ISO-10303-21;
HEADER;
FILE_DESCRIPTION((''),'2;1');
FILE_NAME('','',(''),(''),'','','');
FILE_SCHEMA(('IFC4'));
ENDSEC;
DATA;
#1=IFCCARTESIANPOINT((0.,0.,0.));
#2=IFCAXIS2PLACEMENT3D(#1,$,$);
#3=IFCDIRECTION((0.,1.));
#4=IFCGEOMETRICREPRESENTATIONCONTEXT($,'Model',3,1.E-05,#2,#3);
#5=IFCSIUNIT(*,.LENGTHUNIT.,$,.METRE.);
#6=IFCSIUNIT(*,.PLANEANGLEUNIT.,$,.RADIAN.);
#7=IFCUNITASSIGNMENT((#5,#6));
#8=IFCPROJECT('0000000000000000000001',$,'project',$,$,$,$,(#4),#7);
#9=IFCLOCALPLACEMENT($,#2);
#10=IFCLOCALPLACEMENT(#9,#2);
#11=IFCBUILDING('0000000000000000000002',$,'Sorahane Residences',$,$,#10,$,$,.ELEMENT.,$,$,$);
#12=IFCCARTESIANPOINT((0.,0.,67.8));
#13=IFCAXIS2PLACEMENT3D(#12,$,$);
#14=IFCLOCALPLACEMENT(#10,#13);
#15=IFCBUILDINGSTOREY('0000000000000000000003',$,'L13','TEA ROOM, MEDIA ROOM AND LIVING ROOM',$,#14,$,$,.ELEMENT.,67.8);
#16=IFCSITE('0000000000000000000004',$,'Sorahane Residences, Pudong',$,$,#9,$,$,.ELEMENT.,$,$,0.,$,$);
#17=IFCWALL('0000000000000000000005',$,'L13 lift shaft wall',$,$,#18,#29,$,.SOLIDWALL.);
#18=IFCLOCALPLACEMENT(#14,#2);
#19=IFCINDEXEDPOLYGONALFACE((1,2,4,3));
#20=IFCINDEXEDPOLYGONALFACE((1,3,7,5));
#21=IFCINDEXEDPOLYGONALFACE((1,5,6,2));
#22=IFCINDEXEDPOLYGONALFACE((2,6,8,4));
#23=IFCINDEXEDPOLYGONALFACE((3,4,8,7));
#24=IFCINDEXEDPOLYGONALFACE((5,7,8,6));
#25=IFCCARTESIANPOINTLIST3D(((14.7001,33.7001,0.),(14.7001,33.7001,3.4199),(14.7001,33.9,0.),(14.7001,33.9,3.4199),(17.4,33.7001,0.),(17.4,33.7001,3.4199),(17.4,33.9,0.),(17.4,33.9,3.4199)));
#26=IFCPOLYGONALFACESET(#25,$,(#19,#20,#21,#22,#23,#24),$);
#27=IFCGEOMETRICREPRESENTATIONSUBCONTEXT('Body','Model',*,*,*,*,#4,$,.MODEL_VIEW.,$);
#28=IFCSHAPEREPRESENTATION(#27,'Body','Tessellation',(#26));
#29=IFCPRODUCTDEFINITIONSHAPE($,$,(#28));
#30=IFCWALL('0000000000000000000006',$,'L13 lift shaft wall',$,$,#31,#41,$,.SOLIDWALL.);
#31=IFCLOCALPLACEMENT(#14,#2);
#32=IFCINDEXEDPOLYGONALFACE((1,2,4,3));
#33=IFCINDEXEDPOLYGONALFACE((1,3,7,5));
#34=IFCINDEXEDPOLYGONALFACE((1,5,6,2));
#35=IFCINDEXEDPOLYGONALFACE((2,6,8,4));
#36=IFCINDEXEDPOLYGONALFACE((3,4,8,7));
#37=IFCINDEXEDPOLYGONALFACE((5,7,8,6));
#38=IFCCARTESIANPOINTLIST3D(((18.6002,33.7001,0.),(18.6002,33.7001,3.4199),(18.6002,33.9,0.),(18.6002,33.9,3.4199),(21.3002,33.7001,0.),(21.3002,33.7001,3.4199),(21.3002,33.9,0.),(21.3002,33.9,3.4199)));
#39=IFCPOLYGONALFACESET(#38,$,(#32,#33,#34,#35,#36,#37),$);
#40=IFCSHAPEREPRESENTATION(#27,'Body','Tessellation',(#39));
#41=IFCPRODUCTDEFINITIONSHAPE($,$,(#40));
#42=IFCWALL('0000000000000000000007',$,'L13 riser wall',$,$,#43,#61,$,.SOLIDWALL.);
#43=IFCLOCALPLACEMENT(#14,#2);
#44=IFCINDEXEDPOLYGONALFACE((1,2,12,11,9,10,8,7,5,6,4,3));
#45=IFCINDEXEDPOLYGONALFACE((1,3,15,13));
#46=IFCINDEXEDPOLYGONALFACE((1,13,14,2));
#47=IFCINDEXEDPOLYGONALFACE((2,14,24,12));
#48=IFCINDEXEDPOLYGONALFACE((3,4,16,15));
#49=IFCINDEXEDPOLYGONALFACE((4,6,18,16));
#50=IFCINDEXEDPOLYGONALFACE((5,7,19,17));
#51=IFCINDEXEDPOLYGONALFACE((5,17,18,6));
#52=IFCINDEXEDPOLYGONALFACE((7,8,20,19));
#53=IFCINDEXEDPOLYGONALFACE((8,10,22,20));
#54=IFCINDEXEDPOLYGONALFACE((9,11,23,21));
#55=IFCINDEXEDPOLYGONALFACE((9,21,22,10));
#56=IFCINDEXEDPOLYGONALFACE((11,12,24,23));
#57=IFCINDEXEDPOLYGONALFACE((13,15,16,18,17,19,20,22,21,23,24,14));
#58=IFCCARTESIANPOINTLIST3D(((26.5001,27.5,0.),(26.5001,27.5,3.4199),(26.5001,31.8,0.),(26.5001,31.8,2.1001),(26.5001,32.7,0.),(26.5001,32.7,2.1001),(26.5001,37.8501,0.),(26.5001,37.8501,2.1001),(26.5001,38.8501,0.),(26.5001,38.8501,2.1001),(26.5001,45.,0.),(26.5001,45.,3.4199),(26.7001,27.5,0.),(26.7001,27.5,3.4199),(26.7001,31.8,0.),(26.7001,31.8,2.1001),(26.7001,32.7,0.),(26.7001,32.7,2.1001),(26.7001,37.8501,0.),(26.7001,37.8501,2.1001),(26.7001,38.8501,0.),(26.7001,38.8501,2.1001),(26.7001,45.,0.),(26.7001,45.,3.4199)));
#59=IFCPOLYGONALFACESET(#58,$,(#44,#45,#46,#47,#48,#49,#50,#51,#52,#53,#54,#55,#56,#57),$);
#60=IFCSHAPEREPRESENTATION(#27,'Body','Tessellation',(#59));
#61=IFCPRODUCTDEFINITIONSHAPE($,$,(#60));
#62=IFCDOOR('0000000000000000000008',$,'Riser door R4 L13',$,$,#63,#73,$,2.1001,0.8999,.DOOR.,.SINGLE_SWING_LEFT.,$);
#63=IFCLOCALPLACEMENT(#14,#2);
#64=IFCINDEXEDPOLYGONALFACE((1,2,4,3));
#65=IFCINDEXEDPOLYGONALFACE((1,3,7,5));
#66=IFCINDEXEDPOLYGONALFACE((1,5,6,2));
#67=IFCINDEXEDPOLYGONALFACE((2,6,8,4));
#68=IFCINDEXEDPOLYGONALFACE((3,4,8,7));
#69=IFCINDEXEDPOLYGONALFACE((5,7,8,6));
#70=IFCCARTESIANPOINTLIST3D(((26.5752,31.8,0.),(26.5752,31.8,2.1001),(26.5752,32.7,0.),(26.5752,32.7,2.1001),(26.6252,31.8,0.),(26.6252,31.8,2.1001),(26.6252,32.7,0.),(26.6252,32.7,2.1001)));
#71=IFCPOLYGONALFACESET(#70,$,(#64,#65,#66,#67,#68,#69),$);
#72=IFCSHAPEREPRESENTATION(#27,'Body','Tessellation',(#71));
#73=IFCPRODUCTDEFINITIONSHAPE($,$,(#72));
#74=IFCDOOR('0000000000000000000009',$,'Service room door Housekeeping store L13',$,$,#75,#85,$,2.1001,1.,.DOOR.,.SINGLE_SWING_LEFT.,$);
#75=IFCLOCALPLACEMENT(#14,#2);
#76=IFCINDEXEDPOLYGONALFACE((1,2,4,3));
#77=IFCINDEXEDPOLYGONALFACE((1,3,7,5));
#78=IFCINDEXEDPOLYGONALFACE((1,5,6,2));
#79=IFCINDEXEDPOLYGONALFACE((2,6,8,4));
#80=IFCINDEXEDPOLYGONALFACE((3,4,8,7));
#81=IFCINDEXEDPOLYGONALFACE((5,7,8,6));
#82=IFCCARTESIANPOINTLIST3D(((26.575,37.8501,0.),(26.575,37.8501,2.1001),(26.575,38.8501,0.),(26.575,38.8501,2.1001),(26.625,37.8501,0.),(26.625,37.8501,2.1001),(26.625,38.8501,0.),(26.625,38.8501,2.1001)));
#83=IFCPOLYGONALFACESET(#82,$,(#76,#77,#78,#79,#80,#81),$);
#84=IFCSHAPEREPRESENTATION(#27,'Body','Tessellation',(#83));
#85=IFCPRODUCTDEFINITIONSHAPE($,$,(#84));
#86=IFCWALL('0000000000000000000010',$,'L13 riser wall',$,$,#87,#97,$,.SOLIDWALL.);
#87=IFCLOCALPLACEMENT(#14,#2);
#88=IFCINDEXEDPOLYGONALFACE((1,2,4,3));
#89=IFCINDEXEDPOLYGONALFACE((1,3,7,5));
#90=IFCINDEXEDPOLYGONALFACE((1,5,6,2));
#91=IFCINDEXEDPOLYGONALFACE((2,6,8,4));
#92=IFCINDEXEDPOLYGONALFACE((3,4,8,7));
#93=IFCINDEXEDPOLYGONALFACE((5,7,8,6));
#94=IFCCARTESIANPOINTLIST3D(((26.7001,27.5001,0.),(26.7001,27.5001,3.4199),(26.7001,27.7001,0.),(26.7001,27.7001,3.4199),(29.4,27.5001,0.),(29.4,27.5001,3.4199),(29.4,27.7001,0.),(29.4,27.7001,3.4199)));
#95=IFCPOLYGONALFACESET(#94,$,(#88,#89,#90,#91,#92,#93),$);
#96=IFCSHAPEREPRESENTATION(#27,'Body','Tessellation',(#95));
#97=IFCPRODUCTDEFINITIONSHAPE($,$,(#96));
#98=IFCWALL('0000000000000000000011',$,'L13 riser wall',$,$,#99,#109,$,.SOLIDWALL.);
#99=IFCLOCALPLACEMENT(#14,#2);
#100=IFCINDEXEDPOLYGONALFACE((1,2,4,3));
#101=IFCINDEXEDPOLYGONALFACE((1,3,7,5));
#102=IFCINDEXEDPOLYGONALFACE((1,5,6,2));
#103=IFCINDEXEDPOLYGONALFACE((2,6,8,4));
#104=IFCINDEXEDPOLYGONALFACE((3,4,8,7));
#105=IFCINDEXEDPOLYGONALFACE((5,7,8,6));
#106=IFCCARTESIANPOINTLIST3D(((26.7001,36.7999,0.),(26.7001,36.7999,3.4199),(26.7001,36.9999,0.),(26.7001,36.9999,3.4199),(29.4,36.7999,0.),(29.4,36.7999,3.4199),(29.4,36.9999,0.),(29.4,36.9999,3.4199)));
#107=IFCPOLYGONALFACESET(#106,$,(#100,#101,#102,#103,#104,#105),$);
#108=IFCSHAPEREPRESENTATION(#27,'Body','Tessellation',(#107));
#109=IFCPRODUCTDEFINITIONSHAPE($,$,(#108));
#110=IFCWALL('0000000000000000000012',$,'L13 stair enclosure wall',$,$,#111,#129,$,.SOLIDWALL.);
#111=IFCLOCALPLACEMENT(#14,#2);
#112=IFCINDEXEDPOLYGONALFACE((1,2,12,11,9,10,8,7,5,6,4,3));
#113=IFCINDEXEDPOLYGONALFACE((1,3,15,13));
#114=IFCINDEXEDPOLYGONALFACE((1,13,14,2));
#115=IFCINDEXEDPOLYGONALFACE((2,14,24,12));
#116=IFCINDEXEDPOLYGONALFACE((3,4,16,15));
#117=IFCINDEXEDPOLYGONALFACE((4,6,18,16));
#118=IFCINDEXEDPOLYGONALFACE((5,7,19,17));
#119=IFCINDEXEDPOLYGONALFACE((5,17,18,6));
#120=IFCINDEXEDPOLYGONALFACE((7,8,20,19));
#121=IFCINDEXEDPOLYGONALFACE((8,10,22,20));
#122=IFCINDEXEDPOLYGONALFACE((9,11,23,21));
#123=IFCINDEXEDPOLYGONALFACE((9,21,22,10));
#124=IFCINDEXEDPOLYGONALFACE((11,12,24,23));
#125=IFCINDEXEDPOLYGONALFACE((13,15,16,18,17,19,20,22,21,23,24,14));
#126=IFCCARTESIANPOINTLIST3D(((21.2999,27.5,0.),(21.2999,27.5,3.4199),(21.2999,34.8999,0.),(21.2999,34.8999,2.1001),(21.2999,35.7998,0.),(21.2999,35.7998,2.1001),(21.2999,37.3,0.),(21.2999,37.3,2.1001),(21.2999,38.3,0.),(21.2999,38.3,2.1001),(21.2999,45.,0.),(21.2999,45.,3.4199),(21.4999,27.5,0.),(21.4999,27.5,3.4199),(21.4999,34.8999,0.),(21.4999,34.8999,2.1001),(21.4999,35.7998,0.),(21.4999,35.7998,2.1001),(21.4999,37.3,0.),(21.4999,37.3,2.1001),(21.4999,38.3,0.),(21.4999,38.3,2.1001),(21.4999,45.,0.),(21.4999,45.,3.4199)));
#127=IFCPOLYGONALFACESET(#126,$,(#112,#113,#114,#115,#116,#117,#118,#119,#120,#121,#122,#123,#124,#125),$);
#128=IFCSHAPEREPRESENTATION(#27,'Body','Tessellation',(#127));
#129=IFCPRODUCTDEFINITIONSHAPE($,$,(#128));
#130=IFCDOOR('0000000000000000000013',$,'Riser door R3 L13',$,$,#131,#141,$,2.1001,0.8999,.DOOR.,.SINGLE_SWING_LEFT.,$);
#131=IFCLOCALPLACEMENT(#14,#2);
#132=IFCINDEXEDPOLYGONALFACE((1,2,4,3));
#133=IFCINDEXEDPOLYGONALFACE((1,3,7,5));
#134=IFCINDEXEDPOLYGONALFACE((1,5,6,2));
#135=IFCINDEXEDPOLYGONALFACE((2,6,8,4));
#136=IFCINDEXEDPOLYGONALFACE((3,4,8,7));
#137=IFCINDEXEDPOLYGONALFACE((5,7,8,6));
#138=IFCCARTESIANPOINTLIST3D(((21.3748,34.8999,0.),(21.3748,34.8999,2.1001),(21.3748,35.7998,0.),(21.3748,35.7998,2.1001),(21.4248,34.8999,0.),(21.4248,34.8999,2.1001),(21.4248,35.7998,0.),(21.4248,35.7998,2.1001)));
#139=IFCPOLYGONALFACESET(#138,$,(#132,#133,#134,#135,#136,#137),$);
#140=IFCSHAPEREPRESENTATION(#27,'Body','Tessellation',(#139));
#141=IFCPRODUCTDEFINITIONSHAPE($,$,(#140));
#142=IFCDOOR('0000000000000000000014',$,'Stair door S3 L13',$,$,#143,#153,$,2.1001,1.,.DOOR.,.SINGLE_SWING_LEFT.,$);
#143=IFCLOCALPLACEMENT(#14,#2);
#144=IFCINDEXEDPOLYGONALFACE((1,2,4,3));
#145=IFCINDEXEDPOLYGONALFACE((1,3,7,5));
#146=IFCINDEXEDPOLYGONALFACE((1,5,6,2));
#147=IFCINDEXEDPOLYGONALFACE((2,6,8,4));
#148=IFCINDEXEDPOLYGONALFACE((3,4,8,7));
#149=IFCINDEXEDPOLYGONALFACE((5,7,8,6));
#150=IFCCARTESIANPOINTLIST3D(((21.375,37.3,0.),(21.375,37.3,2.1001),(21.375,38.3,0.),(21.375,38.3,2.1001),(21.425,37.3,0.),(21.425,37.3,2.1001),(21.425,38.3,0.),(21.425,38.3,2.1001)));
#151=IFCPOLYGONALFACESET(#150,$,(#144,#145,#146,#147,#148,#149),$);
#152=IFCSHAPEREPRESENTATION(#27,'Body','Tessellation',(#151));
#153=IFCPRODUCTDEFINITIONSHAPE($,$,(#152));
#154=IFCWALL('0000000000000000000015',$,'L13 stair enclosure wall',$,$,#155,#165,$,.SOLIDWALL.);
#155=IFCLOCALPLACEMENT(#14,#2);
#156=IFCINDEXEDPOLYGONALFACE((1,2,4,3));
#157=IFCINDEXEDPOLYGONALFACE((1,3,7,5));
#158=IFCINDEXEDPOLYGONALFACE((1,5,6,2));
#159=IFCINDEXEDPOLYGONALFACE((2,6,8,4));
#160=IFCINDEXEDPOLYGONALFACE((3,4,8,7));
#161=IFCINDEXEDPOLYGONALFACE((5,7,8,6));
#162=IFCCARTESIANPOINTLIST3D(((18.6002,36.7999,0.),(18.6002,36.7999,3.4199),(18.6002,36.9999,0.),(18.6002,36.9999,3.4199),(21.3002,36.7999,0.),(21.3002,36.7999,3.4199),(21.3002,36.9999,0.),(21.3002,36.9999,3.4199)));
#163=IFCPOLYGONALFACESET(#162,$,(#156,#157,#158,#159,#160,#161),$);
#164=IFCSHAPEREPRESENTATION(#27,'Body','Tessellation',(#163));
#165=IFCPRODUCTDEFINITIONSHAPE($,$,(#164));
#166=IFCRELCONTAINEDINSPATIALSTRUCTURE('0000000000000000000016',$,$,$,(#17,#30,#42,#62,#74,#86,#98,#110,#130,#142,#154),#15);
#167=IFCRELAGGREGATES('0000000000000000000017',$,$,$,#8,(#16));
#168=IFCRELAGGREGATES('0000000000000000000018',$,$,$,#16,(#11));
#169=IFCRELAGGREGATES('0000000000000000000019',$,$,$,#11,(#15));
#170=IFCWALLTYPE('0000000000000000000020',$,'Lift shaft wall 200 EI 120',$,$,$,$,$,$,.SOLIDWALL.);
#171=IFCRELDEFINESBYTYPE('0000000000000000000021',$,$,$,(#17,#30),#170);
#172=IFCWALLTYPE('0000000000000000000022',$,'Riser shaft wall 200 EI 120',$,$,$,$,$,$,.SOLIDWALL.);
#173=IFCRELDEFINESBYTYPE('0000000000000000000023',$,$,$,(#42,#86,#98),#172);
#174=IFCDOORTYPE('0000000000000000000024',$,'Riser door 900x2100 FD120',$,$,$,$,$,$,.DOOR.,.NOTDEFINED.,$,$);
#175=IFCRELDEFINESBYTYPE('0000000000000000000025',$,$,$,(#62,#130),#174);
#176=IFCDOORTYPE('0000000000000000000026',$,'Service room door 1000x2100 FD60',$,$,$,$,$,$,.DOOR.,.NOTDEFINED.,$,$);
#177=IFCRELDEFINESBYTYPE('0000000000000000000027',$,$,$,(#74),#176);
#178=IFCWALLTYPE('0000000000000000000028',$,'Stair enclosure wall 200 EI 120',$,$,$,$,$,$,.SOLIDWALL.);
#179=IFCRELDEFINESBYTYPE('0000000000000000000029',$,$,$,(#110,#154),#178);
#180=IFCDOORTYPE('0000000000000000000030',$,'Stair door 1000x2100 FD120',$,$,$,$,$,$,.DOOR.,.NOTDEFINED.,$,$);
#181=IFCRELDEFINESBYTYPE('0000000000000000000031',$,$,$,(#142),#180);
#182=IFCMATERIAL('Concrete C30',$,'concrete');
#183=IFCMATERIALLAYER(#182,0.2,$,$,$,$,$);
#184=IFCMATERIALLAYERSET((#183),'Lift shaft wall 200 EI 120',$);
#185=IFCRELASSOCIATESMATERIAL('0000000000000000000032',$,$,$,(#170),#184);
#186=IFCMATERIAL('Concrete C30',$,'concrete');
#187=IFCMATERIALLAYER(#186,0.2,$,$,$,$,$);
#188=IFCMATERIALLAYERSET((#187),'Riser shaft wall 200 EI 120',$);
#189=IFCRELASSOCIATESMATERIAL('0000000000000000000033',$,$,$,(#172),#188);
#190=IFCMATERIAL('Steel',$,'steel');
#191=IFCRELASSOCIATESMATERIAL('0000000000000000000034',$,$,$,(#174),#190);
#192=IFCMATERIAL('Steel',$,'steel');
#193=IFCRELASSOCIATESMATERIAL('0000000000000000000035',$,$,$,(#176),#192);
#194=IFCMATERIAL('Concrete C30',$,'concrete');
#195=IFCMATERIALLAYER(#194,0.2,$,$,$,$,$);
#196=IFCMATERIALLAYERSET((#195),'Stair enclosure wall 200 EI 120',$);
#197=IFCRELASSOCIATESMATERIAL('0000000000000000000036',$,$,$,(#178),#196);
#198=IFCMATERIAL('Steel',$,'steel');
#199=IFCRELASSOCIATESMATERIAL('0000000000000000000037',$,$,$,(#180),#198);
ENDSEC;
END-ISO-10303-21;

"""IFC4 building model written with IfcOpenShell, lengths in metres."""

from ifc_helpers import new_model, si_unit, direction, frame, frame_2d, origin, place, context, subcontext, project, spatial, rectangle, extrude, material, layer, layer_set, type_object, element, fill, save


model = new_model("IFC4")

# Units and contexts
model_context = context("Model", 3, precision=1e-05, world=origin(), true_north=direction((0.0, 1.0)))
body_context = subcontext(model_context, "Body", "Model", "MODEL_VIEW")
ifc_project = project(units=[si_unit("LENGTHUNIT", "METRE"), si_unit("PLANEANGLEUNIT", "RADIAN")], contexts=[model_context])

# Site, building, storey
site_placement = place(None, origin())
site = spatial("IfcSite", under=ifc_project, at=site_placement, Name="Sorahane Residences, Pudong", CompositionType="ELEMENT", RefElevation=0.0)
building_placement = place(site_placement, origin())
building = spatial("IfcBuilding", under=site, at=building_placement, Name="Sorahane Residences", CompositionType="ELEMENT")
storey_placement = place(building_placement, frame((0.0, 0.0, 67.8)))
storey = spatial("IfcBuildingStorey", under=building, at=storey_placement, Name="L13", Description="TEA ROOM, MEDIA ROOM AND LIVING ROOM", CompositionType="ELEMENT", Elevation=67.8)

# Walls
ifc_material_1 = material(Name="Concrete C30", Category="concrete")
ifc_layer_1 = layer(ifc_material_1, 0.2)
ifc_layer_set_1 = layer_set([ifc_layer_1], Name="Lift shaft wall 200 EI 120")
wall_type_1 = type_object("IfcWallType", Name="Lift shaft wall 200 EI 120", PredefinedType="SOLIDWALL", material=ifc_layer_set_1)
for number, where, z_axis, x_axis, name in (
    (1, (14.7, 33.8, 0.0), (0.0, 0.0, 1.0), (1.0, 0.0, 0.0), "L13 lift shaft wall"),
    (2, (18.6001, 33.8, 0.0), (0.0, 0.0, 1.0), (1.0, 0.0, 0.0), "L13 lift shaft wall"),
):
    element("IfcWall", number, at=place(storey_placement, frame(where, z_axis=z_axis, x_axis=x_axis)), inside=storey, type_object=wall_type_1, Name=name, PredefinedType="SOLIDWALL", context=body_context, shape_type="SweptSolid", body=[
        extrude(rectangle(XDim=2.7, YDim=0.2, at=frame_2d((1.3501, 0.0))), origin(), (0.0, 0.0, 1.0), 3.4199),
    ])

# Wall, openings, doors
ifc_material_2 = material(Name="Concrete C30", Category="concrete")
ifc_layer_2 = layer(ifc_material_2, 0.2)
ifc_layer_set_2 = layer_set([ifc_layer_2], Name="Riser shaft wall 200 EI 120")
wall_type_2 = type_object("IfcWallType", Name="Riser shaft wall 200 EI 120", PredefinedType="SOLIDWALL", material=ifc_layer_set_2)
wall_1_placement = place(storey_placement, frame((26.6001, 27.5, 0.0), z_axis=(0.0, 0.0, 1.0), x_axis=(0.0, 1.0, 0.0)))
wall_1 = element("IfcWall", 3, at=wall_1_placement, inside=storey, type_object=wall_type_2, Name="L13 riser wall", PredefinedType="SOLIDWALL", context=body_context, shape_type="SweptSolid", body=[
    extrude(rectangle(XDim=17.5, YDim=0.2, at=frame_2d((8.75, 0.0))), origin(), (0.0, 0.0, 1.0), 3.4199),
])
opening_1_placement = place(wall_1_placement, frame((4.3, 0.0, 0.0)))
opening_1 = element("IfcOpeningElement", 4, at=opening_1_placement, cuts=wall_1, PredefinedType="OPENING", context=body_context, shape_type="SweptSolid", body=[
    extrude(rectangle(XDim=0.8999, YDim=2.1001, at=frame_2d((0.45, 1.05))), frame((0.0, 0.1099, 0.0), z_axis=(0.0, -1.0, 0.0), x_axis=(1.0, 0.0, 0.0)), (0.0, 0.0, 1.0), 0.22),
])
opening_2_placement = place(wall_1_placement, frame((10.3501, 0.0, 0.0)))
opening_2 = element("IfcOpeningElement", 5, at=opening_2_placement, cuts=wall_1, PredefinedType="OPENING", context=body_context, shape_type="SweptSolid", body=[
    extrude(rectangle(XDim=1.0, YDim=2.1001, at=frame_2d((0.5, 1.05))), frame((0.0, 0.1099, 0.0), z_axis=(0.0, -1.0, 0.0), x_axis=(1.0, 0.0, 0.0)), (0.0, 0.0, 1.0), 0.22),
])
ifc_material_3 = material(Name="Steel", Category="steel")
door_type_1 = type_object("IfcDoorType", Name="Riser door 900x2100 FD120", OperationType="NOTDEFINED", PredefinedType="DOOR", material=ifc_material_3)
door_1_placement = place(opening_1_placement, origin())
door_1 = element("IfcDoor", 6, at=door_1_placement, inside=storey, type_object=door_type_1, Name="Riser door R4 L13", OperationType="SINGLE_SWING_LEFT", OverallHeight=2.1001, OverallWidth=0.8999, PredefinedType="DOOR", context=body_context, shape_type="SweptSolid", body=[
    extrude(rectangle(XDim=0.8999, YDim=2.1001, at=frame_2d((0.45, 1.05))), frame((0.0, 0.0249, 0.0), z_axis=(0.0, -1.0, 0.0), x_axis=(1.0, 0.0, 0.0)), (0.0, 0.0, 1.0), 0.05),
])
fill(opening_1, door_1)
ifc_material_4 = material(Name="Steel", Category="steel")
door_type_2 = type_object("IfcDoorType", Name="Service room door 1000x2100 FD60", OperationType="NOTDEFINED", PredefinedType="DOOR", material=ifc_material_4)
door_2_placement = place(opening_2_placement, frame((1.0, 0.0, 0.0), z_axis=(0.0, 0.0, 1.0), x_axis=(-1.0, 0.0, 0.0)))
door_2 = element("IfcDoor", 7, at=door_2_placement, inside=storey, type_object=door_type_2, Name="Service room door Housekeeping store L13", OperationType="SINGLE_SWING_LEFT", OverallHeight=2.1001, OverallWidth=1.0, PredefinedType="DOOR", context=body_context, shape_type="SweptSolid", body=[
    extrude(rectangle(XDim=1.0, YDim=2.1001, at=frame_2d((0.5, 1.05))), frame((0.0, 0.0249, 0.0), z_axis=(0.0, -1.0, 0.0), x_axis=(1.0, 0.0, 0.0)), (0.0, 0.0, 1.0), 0.05),
])
fill(opening_2, door_2)

# Walls
for number, where, z_axis, x_axis, name in (
    (8, (26.7, 27.6001, 0.0), (0.0, 0.0, 1.0), (1.0, 0.0, 0.0), "L13 riser wall"),
    (9, (26.7, 36.8999, 0.0), (0.0, 0.0, 1.0), (1.0, 0.0, 0.0), "L13 riser wall"),
):
    element("IfcWall", number, at=place(storey_placement, frame(where, z_axis=z_axis, x_axis=x_axis)), inside=storey, type_object=wall_type_2, Name=name, PredefinedType="SOLIDWALL", context=body_context, shape_type="SweptSolid", body=[
        extrude(rectangle(XDim=2.7, YDim=0.2, at=frame_2d((1.3501, 0.0))), origin(), (0.0, 0.0, 1.0), 3.4199),
    ])

# Wall, openings, doors
ifc_material_5 = material(Name="Concrete C30", Category="concrete")
ifc_layer_3 = layer(ifc_material_5, 0.2)
ifc_layer_set_3 = layer_set([ifc_layer_3], Name="Stair enclosure wall 200 EI 120")
wall_type_3 = type_object("IfcWallType", Name="Stair enclosure wall 200 EI 120", PredefinedType="SOLIDWALL", material=ifc_layer_set_3)
wall_2_placement = place(storey_placement, frame((21.3999, 27.5, 0.0), z_axis=(0.0, 0.0, 1.0), x_axis=(0.0, 1.0, 0.0)))
wall_2 = element("IfcWall", 10, at=wall_2_placement, inside=storey, type_object=wall_type_3, Name="L13 stair enclosure wall", PredefinedType="SOLIDWALL", context=body_context, shape_type="SweptSolid", body=[
    extrude(rectangle(XDim=17.5, YDim=0.2, at=frame_2d((8.75, 0.0))), origin(), (0.0, 0.0, 1.0), 3.4199),
])
opening_3_placement = place(wall_2_placement, frame((9.8, 0.0, 0.0)))
opening_3 = element("IfcOpeningElement", 11, at=opening_3_placement, cuts=wall_2, PredefinedType="OPENING", context=body_context, shape_type="SweptSolid", body=[
    extrude(rectangle(XDim=1.0, YDim=2.1001, at=frame_2d((0.5, 1.05))), frame((0.0, 0.1099, 0.0), z_axis=(0.0, -1.0, 0.0), x_axis=(1.0, 0.0, 0.0)), (0.0, 0.0, 1.0), 0.22),
])
opening_4_placement = place(wall_2_placement, frame((7.3999, 0.0, 0.0)))
opening_4 = element("IfcOpeningElement", 12, at=opening_4_placement, cuts=wall_2, PredefinedType="OPENING", context=body_context, shape_type="SweptSolid", body=[
    extrude(rectangle(XDim=0.8999, YDim=2.1001, at=frame_2d((0.45, 1.05))), frame((0.0, 0.1099, 0.0), z_axis=(0.0, -1.0, 0.0), x_axis=(1.0, 0.0, 0.0)), (0.0, 0.0, 1.0), 0.22),
])
door_3_placement = place(opening_4_placement, frame((0.8999, 0.0, 0.0), z_axis=(0.0, 0.0, 1.0), x_axis=(-1.0, 0.0, 0.0)))
door_3 = element("IfcDoor", 13, at=door_3_placement, inside=storey, type_object=door_type_1, Name="Riser door R3 L13", OperationType="SINGLE_SWING_LEFT", OverallHeight=2.1001, OverallWidth=0.8999, PredefinedType="DOOR", context=body_context, shape_type="SweptSolid", body=[
    extrude(rectangle(XDim=0.8999, YDim=2.1001, at=frame_2d((0.45, 1.05))), frame((0.0, 0.0249, 0.0), z_axis=(0.0, -1.0, 0.0), x_axis=(1.0, 0.0, 0.0)), (0.0, 0.0, 1.0), 0.05),
])
fill(opening_4, door_3)
ifc_material_6 = material(Name="Steel", Category="steel")
door_type_3 = type_object("IfcDoorType", Name="Stair door 1000x2100 FD120", OperationType="NOTDEFINED", PredefinedType="DOOR", material=ifc_material_6)
door_4_placement = place(opening_3_placement, origin())
door_4 = element("IfcDoor", 14, at=door_4_placement, inside=storey, type_object=door_type_3, Name="Stair door S3 L13", OperationType="SINGLE_SWING_LEFT", OverallHeight=2.1001, OverallWidth=1.0, PredefinedType="DOOR", context=body_context, shape_type="SweptSolid", body=[
    extrude(rectangle(XDim=1.0, YDim=2.1001, at=frame_2d((0.5, 1.05))), frame((0.0, 0.0249, 0.0), z_axis=(0.0, -1.0, 0.0), x_axis=(1.0, 0.0, 0.0)), (0.0, 0.0, 1.0), 0.05),
])
fill(opening_3, door_4)

# Wall
wall_3_placement = place(storey_placement, frame((18.6001, 36.8999, 0.0), z_axis=(0.0, 0.0, 1.0), x_axis=(1.0, 0.0, 0.0)))
element("IfcWall", 15, at=wall_3_placement, inside=storey, type_object=wall_type_3, Name="L13 stair enclosure wall", PredefinedType="SOLIDWALL", context=body_context, shape_type="SweptSolid", body=[
    extrude(rectangle(XDim=2.7, YDim=0.2, at=frame_2d((1.3501, 0.0))), origin(), (0.0, 0.0, 1.0), 3.4199),
])

save(model, "model.ifc")
